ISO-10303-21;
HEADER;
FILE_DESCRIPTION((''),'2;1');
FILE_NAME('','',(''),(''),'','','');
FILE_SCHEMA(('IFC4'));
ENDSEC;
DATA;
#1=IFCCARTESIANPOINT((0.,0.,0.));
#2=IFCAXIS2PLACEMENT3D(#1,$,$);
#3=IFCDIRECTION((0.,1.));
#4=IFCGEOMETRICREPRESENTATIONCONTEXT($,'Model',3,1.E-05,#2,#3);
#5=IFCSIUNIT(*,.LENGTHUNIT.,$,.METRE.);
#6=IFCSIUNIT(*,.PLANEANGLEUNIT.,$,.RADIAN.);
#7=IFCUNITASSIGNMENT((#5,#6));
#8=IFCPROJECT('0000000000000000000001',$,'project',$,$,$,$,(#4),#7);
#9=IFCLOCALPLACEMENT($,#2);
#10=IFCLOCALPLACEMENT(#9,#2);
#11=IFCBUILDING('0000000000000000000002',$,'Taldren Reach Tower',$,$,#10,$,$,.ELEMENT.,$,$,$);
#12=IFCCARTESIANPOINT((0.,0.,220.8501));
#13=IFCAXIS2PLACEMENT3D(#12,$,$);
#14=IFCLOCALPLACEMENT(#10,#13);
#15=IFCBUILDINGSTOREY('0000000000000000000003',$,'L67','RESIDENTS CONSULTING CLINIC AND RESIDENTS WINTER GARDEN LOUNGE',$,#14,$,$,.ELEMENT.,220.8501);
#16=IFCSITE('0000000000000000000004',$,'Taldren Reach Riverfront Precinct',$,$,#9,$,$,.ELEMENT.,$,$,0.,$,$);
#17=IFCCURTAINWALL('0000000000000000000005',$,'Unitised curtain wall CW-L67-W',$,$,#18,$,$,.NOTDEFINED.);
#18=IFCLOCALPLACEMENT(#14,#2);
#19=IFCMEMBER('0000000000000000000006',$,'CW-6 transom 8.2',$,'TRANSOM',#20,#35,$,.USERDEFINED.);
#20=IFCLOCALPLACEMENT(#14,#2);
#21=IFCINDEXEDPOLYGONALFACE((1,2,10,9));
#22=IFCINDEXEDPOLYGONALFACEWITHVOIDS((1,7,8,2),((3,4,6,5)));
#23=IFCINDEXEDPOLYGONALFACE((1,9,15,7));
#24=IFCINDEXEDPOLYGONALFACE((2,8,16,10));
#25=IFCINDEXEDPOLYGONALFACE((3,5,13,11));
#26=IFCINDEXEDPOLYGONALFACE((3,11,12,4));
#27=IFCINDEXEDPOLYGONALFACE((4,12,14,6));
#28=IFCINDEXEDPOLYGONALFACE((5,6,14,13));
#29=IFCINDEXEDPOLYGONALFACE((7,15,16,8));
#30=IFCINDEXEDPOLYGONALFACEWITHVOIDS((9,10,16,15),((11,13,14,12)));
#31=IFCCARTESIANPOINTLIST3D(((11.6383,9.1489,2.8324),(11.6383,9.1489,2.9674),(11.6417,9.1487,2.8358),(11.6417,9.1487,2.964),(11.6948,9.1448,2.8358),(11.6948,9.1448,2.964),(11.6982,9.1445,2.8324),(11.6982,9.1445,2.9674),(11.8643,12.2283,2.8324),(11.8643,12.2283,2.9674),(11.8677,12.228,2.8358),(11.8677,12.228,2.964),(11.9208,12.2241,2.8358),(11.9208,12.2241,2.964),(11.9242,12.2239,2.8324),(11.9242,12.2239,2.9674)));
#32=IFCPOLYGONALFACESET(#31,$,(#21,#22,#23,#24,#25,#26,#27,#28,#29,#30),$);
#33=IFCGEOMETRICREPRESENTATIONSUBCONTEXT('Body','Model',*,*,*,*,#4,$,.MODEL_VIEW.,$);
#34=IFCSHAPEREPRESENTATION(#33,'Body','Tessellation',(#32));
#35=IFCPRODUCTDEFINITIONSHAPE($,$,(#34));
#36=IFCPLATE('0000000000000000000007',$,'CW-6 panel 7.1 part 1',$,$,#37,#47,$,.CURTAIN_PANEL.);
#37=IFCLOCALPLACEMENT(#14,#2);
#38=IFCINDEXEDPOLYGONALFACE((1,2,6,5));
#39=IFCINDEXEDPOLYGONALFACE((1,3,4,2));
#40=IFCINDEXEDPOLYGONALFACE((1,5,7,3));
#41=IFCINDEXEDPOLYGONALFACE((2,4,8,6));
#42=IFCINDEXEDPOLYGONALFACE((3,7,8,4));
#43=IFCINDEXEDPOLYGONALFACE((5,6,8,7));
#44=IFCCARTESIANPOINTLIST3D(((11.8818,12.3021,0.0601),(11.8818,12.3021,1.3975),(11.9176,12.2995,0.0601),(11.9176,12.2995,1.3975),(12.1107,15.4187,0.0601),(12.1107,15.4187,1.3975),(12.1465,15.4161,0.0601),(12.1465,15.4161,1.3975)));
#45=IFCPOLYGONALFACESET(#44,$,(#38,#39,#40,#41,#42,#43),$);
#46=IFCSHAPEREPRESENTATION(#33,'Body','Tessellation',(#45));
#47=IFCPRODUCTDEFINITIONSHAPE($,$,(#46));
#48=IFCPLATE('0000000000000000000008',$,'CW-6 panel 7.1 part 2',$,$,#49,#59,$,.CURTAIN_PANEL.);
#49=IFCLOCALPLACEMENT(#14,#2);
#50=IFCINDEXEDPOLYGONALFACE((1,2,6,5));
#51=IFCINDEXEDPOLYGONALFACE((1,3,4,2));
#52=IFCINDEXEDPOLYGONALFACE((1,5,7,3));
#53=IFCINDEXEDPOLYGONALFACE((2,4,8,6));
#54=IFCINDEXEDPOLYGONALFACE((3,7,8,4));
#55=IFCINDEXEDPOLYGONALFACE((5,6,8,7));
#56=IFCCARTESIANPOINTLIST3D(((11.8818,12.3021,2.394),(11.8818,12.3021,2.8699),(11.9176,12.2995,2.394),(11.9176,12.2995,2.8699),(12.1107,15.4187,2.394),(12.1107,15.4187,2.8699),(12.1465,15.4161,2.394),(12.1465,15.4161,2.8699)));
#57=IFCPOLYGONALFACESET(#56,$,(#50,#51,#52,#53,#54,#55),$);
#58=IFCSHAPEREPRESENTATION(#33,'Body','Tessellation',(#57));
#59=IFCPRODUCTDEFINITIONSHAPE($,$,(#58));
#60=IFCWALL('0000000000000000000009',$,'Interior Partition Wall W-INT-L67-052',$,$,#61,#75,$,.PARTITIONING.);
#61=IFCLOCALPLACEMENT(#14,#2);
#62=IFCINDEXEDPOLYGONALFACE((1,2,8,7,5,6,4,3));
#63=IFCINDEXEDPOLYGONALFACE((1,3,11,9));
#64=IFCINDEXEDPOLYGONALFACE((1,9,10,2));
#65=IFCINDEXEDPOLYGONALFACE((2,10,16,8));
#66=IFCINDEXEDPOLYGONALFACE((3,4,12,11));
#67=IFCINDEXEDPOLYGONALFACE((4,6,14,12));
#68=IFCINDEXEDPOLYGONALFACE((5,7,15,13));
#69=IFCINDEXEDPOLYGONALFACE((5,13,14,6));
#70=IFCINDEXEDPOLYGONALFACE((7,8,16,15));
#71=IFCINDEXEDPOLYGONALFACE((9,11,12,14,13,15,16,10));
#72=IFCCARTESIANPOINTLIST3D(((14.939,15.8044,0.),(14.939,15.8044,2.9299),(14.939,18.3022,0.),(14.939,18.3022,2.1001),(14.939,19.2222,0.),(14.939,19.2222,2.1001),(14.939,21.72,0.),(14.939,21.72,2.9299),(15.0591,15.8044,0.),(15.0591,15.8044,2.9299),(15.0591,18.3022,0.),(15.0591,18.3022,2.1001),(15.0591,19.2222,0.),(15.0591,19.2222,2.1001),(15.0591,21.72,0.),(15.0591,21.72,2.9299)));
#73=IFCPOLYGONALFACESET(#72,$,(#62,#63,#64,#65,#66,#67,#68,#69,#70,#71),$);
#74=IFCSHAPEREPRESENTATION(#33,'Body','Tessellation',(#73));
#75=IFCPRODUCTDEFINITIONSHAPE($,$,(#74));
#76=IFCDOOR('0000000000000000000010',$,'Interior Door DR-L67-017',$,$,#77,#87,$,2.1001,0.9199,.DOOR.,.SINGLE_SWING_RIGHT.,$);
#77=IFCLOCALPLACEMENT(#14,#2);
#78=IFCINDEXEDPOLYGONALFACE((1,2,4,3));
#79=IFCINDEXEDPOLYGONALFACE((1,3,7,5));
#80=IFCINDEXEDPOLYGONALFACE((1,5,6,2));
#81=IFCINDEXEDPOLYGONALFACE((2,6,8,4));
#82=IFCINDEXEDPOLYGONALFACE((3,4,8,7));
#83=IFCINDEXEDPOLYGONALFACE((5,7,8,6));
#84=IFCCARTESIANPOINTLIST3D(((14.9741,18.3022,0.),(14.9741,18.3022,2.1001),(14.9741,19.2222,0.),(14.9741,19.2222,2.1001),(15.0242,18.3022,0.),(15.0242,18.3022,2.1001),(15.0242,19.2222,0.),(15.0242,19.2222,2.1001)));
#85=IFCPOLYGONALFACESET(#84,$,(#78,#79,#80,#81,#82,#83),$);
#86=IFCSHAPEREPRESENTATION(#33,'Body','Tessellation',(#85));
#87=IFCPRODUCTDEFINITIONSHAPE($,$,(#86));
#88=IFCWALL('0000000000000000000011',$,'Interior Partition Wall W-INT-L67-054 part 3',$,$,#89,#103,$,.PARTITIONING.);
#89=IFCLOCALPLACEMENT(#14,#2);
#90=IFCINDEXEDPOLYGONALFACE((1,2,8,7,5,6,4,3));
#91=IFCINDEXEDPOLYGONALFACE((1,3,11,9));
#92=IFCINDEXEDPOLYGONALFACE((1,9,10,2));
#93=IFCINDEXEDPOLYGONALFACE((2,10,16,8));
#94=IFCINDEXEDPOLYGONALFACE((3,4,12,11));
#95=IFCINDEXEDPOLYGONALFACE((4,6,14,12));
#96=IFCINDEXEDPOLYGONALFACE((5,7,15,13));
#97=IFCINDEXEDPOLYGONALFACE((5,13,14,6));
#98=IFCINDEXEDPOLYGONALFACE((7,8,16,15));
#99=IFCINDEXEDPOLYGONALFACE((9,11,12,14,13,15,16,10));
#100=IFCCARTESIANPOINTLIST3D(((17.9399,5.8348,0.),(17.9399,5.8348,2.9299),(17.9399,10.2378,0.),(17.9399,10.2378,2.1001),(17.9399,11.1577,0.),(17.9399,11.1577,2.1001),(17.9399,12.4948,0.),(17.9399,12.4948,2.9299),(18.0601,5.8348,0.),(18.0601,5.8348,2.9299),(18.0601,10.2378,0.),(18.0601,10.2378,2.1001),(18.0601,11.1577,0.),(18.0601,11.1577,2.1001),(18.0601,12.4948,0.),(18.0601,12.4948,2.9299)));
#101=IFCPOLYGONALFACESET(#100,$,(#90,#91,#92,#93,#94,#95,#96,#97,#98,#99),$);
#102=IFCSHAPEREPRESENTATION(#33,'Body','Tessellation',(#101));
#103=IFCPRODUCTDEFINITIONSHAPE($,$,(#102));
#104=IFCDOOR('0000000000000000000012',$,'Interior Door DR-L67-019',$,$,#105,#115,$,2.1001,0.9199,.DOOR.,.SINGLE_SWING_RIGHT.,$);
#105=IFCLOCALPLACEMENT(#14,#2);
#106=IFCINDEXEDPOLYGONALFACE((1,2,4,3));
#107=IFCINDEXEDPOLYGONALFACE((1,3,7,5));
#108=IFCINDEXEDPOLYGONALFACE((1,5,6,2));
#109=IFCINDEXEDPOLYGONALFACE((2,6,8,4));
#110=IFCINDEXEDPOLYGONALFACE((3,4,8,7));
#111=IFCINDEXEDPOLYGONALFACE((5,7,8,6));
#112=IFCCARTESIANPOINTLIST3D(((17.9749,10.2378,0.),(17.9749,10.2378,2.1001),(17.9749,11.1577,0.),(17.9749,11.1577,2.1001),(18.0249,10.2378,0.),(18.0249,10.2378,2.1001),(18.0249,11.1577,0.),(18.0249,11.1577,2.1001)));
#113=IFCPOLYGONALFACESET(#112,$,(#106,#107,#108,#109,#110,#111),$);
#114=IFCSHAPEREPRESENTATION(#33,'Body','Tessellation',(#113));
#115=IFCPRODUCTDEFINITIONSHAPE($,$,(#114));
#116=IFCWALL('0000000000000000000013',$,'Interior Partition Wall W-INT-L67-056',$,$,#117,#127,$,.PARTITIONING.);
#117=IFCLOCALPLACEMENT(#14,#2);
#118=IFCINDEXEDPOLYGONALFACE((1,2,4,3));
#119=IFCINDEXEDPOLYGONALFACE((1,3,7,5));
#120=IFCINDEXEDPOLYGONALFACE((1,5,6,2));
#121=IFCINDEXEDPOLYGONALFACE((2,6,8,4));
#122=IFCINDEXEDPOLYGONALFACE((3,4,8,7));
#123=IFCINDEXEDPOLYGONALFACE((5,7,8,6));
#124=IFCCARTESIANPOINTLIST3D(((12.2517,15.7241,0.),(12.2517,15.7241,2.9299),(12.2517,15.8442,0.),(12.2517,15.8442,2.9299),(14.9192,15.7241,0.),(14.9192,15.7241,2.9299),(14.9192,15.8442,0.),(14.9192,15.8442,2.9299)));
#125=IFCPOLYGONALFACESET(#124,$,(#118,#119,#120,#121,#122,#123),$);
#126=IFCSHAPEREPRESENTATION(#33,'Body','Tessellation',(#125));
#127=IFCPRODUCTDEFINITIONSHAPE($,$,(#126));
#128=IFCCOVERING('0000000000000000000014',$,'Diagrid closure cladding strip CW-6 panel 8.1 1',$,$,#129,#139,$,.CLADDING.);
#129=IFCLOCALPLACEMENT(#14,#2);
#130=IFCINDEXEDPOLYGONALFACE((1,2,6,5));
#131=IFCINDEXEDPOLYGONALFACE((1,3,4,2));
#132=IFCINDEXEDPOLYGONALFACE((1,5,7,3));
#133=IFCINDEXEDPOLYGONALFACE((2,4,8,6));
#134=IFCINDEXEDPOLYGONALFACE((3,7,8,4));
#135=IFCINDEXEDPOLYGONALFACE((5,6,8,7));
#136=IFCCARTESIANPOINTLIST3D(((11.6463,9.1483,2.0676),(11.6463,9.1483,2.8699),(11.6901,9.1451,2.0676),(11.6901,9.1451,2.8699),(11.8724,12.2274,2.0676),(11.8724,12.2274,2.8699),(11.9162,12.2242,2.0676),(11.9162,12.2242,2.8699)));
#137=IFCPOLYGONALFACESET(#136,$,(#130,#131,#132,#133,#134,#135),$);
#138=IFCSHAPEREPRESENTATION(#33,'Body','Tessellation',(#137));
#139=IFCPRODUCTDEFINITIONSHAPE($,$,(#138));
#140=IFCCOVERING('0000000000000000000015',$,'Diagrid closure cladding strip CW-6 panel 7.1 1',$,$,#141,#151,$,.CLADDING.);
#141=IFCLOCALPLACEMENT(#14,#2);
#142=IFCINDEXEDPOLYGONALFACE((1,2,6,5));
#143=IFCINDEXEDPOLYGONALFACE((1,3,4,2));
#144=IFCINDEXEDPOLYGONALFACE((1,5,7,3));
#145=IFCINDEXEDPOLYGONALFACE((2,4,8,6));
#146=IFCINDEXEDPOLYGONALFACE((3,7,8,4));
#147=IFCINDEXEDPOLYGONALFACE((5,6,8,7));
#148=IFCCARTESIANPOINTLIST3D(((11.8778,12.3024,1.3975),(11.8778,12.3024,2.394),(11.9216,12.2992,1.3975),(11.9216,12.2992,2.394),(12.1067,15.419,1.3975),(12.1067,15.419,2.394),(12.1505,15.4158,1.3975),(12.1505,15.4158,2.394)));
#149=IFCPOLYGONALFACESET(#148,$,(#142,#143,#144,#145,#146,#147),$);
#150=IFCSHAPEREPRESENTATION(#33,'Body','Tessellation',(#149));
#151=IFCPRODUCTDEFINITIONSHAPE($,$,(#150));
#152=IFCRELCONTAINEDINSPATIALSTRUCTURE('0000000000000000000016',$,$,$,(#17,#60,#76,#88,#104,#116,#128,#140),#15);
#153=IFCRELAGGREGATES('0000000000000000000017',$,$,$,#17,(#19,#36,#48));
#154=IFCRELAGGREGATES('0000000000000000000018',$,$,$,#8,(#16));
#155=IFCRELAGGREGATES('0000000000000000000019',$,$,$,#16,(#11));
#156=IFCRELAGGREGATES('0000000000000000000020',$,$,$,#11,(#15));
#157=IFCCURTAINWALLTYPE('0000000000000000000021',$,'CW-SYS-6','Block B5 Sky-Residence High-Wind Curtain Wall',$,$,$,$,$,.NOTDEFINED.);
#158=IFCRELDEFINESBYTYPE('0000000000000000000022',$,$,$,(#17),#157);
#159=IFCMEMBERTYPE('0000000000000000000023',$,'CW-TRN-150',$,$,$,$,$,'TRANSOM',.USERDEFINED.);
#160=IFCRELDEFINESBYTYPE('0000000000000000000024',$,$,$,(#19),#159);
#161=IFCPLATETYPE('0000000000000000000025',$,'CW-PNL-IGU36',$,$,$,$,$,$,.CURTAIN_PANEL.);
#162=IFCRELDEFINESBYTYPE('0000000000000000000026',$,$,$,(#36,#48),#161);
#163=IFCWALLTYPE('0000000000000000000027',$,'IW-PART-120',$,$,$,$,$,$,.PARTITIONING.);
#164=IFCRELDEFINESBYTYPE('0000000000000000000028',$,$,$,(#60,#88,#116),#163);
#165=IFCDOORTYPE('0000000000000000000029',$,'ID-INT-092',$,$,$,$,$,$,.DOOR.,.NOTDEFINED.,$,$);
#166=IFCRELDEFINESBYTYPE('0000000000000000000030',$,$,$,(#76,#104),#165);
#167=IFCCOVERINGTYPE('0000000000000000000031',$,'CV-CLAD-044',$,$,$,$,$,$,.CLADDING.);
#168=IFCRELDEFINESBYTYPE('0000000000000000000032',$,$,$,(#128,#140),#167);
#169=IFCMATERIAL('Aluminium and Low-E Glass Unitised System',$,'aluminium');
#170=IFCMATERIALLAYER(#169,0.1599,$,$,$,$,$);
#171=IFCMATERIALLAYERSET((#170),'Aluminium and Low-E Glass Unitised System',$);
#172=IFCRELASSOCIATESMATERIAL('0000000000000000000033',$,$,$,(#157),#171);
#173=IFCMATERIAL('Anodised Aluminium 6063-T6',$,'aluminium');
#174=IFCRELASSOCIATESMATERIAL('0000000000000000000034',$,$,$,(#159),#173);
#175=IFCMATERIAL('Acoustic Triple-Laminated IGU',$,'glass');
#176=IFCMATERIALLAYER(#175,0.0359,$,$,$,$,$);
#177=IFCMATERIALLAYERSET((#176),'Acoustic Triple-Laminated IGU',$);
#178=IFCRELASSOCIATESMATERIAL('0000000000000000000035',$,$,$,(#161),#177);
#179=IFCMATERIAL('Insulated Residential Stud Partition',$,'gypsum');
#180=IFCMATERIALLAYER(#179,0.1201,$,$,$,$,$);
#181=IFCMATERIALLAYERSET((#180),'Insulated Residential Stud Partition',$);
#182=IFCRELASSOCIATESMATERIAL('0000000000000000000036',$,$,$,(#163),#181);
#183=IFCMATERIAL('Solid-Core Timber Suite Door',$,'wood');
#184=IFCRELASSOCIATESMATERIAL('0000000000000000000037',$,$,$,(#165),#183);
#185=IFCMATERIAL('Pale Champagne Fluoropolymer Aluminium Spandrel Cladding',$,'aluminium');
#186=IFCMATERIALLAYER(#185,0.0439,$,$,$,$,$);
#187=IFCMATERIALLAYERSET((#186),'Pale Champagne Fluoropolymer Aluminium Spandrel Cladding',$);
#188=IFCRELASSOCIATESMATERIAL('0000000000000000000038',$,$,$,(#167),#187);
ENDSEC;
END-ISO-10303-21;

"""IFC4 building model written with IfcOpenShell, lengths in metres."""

from ifc_helpers import new_model, si_unit, direction, frame, frame_2d, origin, origin_2d, place, context, subcontext, project, spatial, rectangle, hollow_rectangle, extrude, source, transform, mapped, material, layer, layer_set, material_profile, profile_set, type_object, element, fill, aggregate, save


model = new_model("IFC4")

# Units and contexts
model_context = context("Model", 3, precision=1e-05, world=origin(), true_north=direction((0.0, 1.0)))
body_context = subcontext(model_context, "Body", "Model", "MODEL_VIEW")
ifc_project = project(units=[si_unit("LENGTHUNIT", "METRE"), si_unit("PLANEANGLEUNIT", "RADIAN")], contexts=[model_context])

# Site, building, storey
site_placement = place(None, origin())
site = spatial("IfcSite", under=ifc_project, at=site_placement, Name="Taldren Reach Riverfront Precinct", CompositionType="ELEMENT", RefElevation=0.0)
building_placement = place(site_placement, origin())
building = spatial("IfcBuilding", under=site, at=building_placement, Name="Taldren Reach Tower", CompositionType="ELEMENT")
storey_placement = place(building_placement, frame((0.0, 0.0, 220.8501)))
storey = spatial("IfcBuildingStorey", under=building, at=storey_placement, Name="L67", Description="RESIDENTS CONSULTING CLINIC AND RESIDENTS WINTER GARDEN LOUNGE", CompositionType="ELEMENT", Elevation=220.8501)

# Curtain wall, member, plates
ifc_material_1 = material(Name="Aluminium and Low-E Glass Unitised System", Category="aluminium")
ifc_layer_1 = layer(ifc_material_1, 0.1599)
ifc_layer_set_1 = layer_set([ifc_layer_1], Name="Aluminium and Low-E Glass Unitised System")
curtain_wall_type = type_object("IfcCurtainWallType", Name="CW-SYS-6", Description="Block B5 Sky-Residence High-Wind Curtain Wall", PredefinedType="NOTDEFINED", material=ifc_layer_set_1)
curtain_wall_placement = place(storey_placement, origin())
curtain_wall = element("IfcCurtainWall", 1, at=curtain_wall_placement, inside=storey, type_object=curtain_wall_type, Name="Unitised curtain wall CW-L67-W", PredefinedType="NOTDEFINED")
ifc_material_2 = material(Name="Anodised Aluminium 6063-T6", Category="aluminium")
ifc_material_profile_1 = material_profile(ifc_material_2, hollow_rectangle(XDim=0.0601, YDim=0.135, WallThickness=0.0034, at=origin_2d()), Name="ALU-135x60x3.5RHS")
ifc_profile_set_1 = profile_set([ifc_material_profile_1], Name="Anodised Aluminium 6063-T6")
member_type_1 = type_object("IfcMemberType", Name="CW-TRN-150", ElementType="TRANSOM", PredefinedType="USERDEFINED", material=ifc_profile_set_1)
shared_shape_1 = source(origin(), body_context, "Body", "SweptSolid", [
    extrude(hollow_rectangle(XDim=0.0601, YDim=0.135, WallThickness=0.0034, at=origin_2d()), origin(), (0.0, 0.0, 1.0), 3.0876),
])
member_1_placement = place(storey_placement, frame((11.8943, 12.2261, 2.8999), z_axis=(-0.073219, -0.997316, 0.0), x_axis=(0.997316, -0.073219, 0.0)))
member_1 = element("IfcMember", 2, at=member_1_placement, type_object=member_type_1, Name="CW-6 transom 8.2", ObjectType="TRANSOM", PredefinedType="USERDEFINED", context=body_context, shape_type="MappedRepresentation", body=[
    mapped(shared_shape_1, transform((0.0, 0.0, 0.0), scale=1.0)),
])
ifc_material_3 = material(Name="Acoustic Triple-Laminated IGU", Category="glass")
ifc_layer_2 = layer(ifc_material_3, 0.0359)
ifc_layer_set_2 = layer_set([ifc_layer_2], Name="Acoustic Triple-Laminated IGU")
plate_type = type_object("IfcPlateType", Name="CW-PNL-IGU36", PredefinedType="CURTAIN_PANEL", material=ifc_layer_set_2)
shared_shape_2 = source(origin(), body_context, "Body", "SweptSolid", [
    extrude(rectangle(XDim=3.125, YDim=0.0359, at=origin_2d()), origin(), (0.0, 0.0, 1.0), 1.3374),
])
plate_1_placement = place(storey_placement, frame((12.0142, 13.8591, 0.0601), z_axis=(0.0, 0.0, 1.0), x_axis=(-0.073238, -0.997314, 0.0)))
plate_1 = element("IfcPlate", 3, at=plate_1_placement, type_object=plate_type, Name="CW-6 panel 7.1 part 1", PredefinedType="CURTAIN_PANEL", context=body_context, shape_type="MappedRepresentation", body=[
    mapped(shared_shape_2, transform((0.0, 0.0, 0.0), scale=1.0)),
])
shared_shape_3 = source(origin(), body_context, "Body", "SweptSolid", [
    extrude(rectangle(XDim=3.125, YDim=0.0359, at=origin_2d()), origin(), (0.0, 0.0, 1.0), 0.4758),
])
plate_2_placement = place(storey_placement, frame((12.0142, 13.8591, 2.394), z_axis=(0.0, 0.0, 1.0), x_axis=(-0.073238, -0.997314, 0.0)))
plate_2 = element("IfcPlate", 4, at=plate_2_placement, type_object=plate_type, Name="CW-6 panel 7.1 part 2", PredefinedType="CURTAIN_PANEL", context=body_context, shape_type="MappedRepresentation", body=[
    mapped(shared_shape_3, transform((0.0, 0.0, 0.0), scale=1.0)),
])
aggregate(curtain_wall, [member_1, plate_1, plate_2])

# Walls, openings, doors
ifc_material_4 = material(Name="Insulated Residential Stud Partition", Category="gypsum")
ifc_layer_3 = layer(ifc_material_4, 0.1201)
ifc_layer_set_3 = layer_set([ifc_layer_3], Name="Insulated Residential Stud Partition")
wall_type = type_object("IfcWallType", Name="IW-PART-120", PredefinedType="PARTITIONING", material=ifc_layer_set_3)
shared_shape_4 = source(origin(), body_context, "Body", "SweptSolid", [
    extrude(rectangle(XDim=5.9155, YDim=0.1201, at=frame_2d((2.9578, 0.0))), origin(), (0.0, 0.0, 1.0), 2.9299),
])
wall_1_placement = place(storey_placement, frame((14.999, 15.8044, 0.0), z_axis=(0.0, 0.0, 1.0), x_axis=(0.0, 1.0, 0.0)))
wall_1 = element("IfcWall", 5, at=wall_1_placement, inside=storey, type_object=wall_type, Name="Interior Partition Wall W-INT-L67-052", PredefinedType="PARTITIONING", context=body_context, shape_type="MappedRepresentation", body=[
    mapped(shared_shape_4, transform((0.0, 0.0, 0.0), scale=1.0)),
])
shared_shape_5 = source(origin(), body_context, "Body", "SweptSolid", [
    extrude(rectangle(XDim=0.9199, YDim=2.1001, at=frame_2d((0.46, 1.05))), frame((0.0, 0.0701, 0.0), z_axis=(0.0, -1.0, 0.0), x_axis=(1.0, 0.0, 0.0)), (0.0, 0.0, 1.0), 0.1401),
])
opening_1_placement = place(wall_1_placement, frame((2.4978, 0.0, 0.0)))
opening_1 = element("IfcOpeningElement", 6, at=opening_1_placement, cuts=wall_1, PredefinedType="OPENING", context=body_context, shape_type="MappedRepresentation", body=[
    mapped(shared_shape_5, transform((0.0, 0.0, 0.0), scale=1.0)),
])
ifc_material_5 = material(Name="Solid-Core Timber Suite Door", Category="wood")
door_type = type_object("IfcDoorType", Name="ID-INT-092", OperationType="NOTDEFINED", PredefinedType="DOOR", material=ifc_material_5)
shared_shape_6 = source(origin(), body_context, "Body", "SweptSolid", [
    extrude(rectangle(XDim=0.9199, YDim=2.1001, at=frame_2d((0.46, 1.05))), frame((0.0, 0.0249, 0.0), z_axis=(0.0, -1.0, 0.0), x_axis=(1.0, 0.0, 0.0)), (0.0, 0.0, 1.0), 0.05),
])
door_1_placement = place(opening_1_placement, origin())
door_1 = element("IfcDoor", 7, at=door_1_placement, inside=storey, type_object=door_type, Name="Interior Door DR-L67-017", OperationType="SINGLE_SWING_RIGHT", OverallHeight=2.1001, OverallWidth=0.9199, PredefinedType="DOOR", context=body_context, shape_type="MappedRepresentation", body=[
    mapped(shared_shape_6, transform((0.0, 0.0, 0.0), scale=1.0)),
])
fill(opening_1, door_1)
shared_shape_7 = source(origin(), body_context, "Body", "SweptSolid", [
    extrude(rectangle(XDim=6.6599, YDim=0.1201, at=frame_2d((3.3301, 0.0))), origin(), (0.0, 0.0, 1.0), 2.9299),
])
wall_2_placement = place(storey_placement, frame((18.0, 12.4949, 0.0), z_axis=(0.0, 0.0, 1.0), x_axis=(0.0, -1.0, 0.0)))
wall_2 = element("IfcWall", 8, at=wall_2_placement, inside=storey, type_object=wall_type, Name="Interior Partition Wall W-INT-L67-054 part 3", PredefinedType="PARTITIONING", context=body_context, shape_type="MappedRepresentation", body=[
    mapped(shared_shape_7, transform((0.0, 0.0, 0.0), scale=1.0)),
])
opening_2_placement = place(wall_2_placement, frame((1.3372, 0.0, 0.0)))
opening_2 = element("IfcOpeningElement", 9, at=opening_2_placement, cuts=wall_2, PredefinedType="OPENING", context=body_context, shape_type="MappedRepresentation", body=[
    mapped(shared_shape_5, transform((0.0, 0.0, 0.0), scale=1.0)),
])
door_2_placement = place(opening_2_placement, origin())
door_2 = element("IfcDoor", 10, at=door_2_placement, inside=storey, type_object=door_type, Name="Interior Door DR-L67-019", OperationType="SINGLE_SWING_RIGHT", OverallHeight=2.1001, OverallWidth=0.9199, PredefinedType="DOOR", context=body_context, shape_type="MappedRepresentation", body=[
    mapped(shared_shape_6, transform((0.0, 0.0, 0.0), scale=1.0)),
])
fill(opening_2, door_2)

# Wall
shared_shape_8 = source(origin(), body_context, "Body", "SweptSolid", [
    extrude(rectangle(XDim=2.6675, YDim=0.1201, at=frame_2d((1.3337, 0.0))), origin(), (0.0, 0.0, 1.0), 2.9299),
])
wall_3_placement = place(storey_placement, frame((14.9192, 15.7842, 0.0), z_axis=(0.0, 0.0, 1.0), x_axis=(-1.0, 0.0, 0.0)))
element("IfcWall", 11, at=wall_3_placement, inside=storey, type_object=wall_type, Name="Interior Partition Wall W-INT-L67-056", PredefinedType="PARTITIONING", context=body_context, shape_type="MappedRepresentation", body=[
    mapped(shared_shape_8, transform((0.0, 0.0, 0.0), scale=1.0)),
])

# Coverings
ifc_material_6 = material(Name="Pale Champagne Fluoropolymer Aluminium Spandrel Cladding", Category="aluminium")
ifc_layer_4 = layer(ifc_material_6, 0.0439)
ifc_layer_set_4 = layer_set([ifc_layer_4], Name="Pale Champagne Fluoropolymer Aluminium Spandrel Cladding")
covering_type = type_object("IfcCoveringType", Name="CV-CLAD-044", PredefinedType="CLADDING", material=ifc_layer_set_4)
shared_shape_9 = source(origin(), body_context, "Body", "SweptSolid", [
    extrude(rectangle(XDim=3.0874, YDim=0.0439, at=origin_2d()), origin(), (0.0, 0.0, 1.0), 0.8022),
])
covering_1_placement = place(storey_placement, frame((11.7812, 10.6863, 2.0676), z_axis=(0.0, 0.0, 1.0), x_axis=(-0.073238, -0.997314, 0.0)))
element("IfcCovering", 12, at=covering_1_placement, inside=storey, type_object=covering_type, Name="Diagrid closure cladding strip CW-6 panel 8.1 1", PredefinedType="CLADDING", context=body_context, shape_type="MappedRepresentation", body=[
    mapped(shared_shape_9, transform((0.0, 0.0, 0.0), scale=1.0)),
])
shared_shape_10 = source(origin(), body_context, "Body", "SweptSolid", [
    extrude(rectangle(XDim=3.125, YDim=0.0439, at=origin_2d()), origin(), (0.0, 0.0, 1.0), 0.9966),
])
covering_2_placement = place(storey_placement, frame((12.0142, 13.8591, 1.3975), z_axis=(0.0, 0.0, 1.0), x_axis=(-0.073238, -0.997314, 0.0)))
element("IfcCovering", 13, at=covering_2_placement, inside=storey, type_object=covering_type, Name="Diagrid closure cladding strip CW-6 panel 7.1 1", PredefinedType="CLADDING", context=body_context, shape_type="MappedRepresentation", body=[
    mapped(shared_shape_10, transform((0.0, 0.0, 0.0), scale=1.0)),
])

save(model, "model.ifc")
